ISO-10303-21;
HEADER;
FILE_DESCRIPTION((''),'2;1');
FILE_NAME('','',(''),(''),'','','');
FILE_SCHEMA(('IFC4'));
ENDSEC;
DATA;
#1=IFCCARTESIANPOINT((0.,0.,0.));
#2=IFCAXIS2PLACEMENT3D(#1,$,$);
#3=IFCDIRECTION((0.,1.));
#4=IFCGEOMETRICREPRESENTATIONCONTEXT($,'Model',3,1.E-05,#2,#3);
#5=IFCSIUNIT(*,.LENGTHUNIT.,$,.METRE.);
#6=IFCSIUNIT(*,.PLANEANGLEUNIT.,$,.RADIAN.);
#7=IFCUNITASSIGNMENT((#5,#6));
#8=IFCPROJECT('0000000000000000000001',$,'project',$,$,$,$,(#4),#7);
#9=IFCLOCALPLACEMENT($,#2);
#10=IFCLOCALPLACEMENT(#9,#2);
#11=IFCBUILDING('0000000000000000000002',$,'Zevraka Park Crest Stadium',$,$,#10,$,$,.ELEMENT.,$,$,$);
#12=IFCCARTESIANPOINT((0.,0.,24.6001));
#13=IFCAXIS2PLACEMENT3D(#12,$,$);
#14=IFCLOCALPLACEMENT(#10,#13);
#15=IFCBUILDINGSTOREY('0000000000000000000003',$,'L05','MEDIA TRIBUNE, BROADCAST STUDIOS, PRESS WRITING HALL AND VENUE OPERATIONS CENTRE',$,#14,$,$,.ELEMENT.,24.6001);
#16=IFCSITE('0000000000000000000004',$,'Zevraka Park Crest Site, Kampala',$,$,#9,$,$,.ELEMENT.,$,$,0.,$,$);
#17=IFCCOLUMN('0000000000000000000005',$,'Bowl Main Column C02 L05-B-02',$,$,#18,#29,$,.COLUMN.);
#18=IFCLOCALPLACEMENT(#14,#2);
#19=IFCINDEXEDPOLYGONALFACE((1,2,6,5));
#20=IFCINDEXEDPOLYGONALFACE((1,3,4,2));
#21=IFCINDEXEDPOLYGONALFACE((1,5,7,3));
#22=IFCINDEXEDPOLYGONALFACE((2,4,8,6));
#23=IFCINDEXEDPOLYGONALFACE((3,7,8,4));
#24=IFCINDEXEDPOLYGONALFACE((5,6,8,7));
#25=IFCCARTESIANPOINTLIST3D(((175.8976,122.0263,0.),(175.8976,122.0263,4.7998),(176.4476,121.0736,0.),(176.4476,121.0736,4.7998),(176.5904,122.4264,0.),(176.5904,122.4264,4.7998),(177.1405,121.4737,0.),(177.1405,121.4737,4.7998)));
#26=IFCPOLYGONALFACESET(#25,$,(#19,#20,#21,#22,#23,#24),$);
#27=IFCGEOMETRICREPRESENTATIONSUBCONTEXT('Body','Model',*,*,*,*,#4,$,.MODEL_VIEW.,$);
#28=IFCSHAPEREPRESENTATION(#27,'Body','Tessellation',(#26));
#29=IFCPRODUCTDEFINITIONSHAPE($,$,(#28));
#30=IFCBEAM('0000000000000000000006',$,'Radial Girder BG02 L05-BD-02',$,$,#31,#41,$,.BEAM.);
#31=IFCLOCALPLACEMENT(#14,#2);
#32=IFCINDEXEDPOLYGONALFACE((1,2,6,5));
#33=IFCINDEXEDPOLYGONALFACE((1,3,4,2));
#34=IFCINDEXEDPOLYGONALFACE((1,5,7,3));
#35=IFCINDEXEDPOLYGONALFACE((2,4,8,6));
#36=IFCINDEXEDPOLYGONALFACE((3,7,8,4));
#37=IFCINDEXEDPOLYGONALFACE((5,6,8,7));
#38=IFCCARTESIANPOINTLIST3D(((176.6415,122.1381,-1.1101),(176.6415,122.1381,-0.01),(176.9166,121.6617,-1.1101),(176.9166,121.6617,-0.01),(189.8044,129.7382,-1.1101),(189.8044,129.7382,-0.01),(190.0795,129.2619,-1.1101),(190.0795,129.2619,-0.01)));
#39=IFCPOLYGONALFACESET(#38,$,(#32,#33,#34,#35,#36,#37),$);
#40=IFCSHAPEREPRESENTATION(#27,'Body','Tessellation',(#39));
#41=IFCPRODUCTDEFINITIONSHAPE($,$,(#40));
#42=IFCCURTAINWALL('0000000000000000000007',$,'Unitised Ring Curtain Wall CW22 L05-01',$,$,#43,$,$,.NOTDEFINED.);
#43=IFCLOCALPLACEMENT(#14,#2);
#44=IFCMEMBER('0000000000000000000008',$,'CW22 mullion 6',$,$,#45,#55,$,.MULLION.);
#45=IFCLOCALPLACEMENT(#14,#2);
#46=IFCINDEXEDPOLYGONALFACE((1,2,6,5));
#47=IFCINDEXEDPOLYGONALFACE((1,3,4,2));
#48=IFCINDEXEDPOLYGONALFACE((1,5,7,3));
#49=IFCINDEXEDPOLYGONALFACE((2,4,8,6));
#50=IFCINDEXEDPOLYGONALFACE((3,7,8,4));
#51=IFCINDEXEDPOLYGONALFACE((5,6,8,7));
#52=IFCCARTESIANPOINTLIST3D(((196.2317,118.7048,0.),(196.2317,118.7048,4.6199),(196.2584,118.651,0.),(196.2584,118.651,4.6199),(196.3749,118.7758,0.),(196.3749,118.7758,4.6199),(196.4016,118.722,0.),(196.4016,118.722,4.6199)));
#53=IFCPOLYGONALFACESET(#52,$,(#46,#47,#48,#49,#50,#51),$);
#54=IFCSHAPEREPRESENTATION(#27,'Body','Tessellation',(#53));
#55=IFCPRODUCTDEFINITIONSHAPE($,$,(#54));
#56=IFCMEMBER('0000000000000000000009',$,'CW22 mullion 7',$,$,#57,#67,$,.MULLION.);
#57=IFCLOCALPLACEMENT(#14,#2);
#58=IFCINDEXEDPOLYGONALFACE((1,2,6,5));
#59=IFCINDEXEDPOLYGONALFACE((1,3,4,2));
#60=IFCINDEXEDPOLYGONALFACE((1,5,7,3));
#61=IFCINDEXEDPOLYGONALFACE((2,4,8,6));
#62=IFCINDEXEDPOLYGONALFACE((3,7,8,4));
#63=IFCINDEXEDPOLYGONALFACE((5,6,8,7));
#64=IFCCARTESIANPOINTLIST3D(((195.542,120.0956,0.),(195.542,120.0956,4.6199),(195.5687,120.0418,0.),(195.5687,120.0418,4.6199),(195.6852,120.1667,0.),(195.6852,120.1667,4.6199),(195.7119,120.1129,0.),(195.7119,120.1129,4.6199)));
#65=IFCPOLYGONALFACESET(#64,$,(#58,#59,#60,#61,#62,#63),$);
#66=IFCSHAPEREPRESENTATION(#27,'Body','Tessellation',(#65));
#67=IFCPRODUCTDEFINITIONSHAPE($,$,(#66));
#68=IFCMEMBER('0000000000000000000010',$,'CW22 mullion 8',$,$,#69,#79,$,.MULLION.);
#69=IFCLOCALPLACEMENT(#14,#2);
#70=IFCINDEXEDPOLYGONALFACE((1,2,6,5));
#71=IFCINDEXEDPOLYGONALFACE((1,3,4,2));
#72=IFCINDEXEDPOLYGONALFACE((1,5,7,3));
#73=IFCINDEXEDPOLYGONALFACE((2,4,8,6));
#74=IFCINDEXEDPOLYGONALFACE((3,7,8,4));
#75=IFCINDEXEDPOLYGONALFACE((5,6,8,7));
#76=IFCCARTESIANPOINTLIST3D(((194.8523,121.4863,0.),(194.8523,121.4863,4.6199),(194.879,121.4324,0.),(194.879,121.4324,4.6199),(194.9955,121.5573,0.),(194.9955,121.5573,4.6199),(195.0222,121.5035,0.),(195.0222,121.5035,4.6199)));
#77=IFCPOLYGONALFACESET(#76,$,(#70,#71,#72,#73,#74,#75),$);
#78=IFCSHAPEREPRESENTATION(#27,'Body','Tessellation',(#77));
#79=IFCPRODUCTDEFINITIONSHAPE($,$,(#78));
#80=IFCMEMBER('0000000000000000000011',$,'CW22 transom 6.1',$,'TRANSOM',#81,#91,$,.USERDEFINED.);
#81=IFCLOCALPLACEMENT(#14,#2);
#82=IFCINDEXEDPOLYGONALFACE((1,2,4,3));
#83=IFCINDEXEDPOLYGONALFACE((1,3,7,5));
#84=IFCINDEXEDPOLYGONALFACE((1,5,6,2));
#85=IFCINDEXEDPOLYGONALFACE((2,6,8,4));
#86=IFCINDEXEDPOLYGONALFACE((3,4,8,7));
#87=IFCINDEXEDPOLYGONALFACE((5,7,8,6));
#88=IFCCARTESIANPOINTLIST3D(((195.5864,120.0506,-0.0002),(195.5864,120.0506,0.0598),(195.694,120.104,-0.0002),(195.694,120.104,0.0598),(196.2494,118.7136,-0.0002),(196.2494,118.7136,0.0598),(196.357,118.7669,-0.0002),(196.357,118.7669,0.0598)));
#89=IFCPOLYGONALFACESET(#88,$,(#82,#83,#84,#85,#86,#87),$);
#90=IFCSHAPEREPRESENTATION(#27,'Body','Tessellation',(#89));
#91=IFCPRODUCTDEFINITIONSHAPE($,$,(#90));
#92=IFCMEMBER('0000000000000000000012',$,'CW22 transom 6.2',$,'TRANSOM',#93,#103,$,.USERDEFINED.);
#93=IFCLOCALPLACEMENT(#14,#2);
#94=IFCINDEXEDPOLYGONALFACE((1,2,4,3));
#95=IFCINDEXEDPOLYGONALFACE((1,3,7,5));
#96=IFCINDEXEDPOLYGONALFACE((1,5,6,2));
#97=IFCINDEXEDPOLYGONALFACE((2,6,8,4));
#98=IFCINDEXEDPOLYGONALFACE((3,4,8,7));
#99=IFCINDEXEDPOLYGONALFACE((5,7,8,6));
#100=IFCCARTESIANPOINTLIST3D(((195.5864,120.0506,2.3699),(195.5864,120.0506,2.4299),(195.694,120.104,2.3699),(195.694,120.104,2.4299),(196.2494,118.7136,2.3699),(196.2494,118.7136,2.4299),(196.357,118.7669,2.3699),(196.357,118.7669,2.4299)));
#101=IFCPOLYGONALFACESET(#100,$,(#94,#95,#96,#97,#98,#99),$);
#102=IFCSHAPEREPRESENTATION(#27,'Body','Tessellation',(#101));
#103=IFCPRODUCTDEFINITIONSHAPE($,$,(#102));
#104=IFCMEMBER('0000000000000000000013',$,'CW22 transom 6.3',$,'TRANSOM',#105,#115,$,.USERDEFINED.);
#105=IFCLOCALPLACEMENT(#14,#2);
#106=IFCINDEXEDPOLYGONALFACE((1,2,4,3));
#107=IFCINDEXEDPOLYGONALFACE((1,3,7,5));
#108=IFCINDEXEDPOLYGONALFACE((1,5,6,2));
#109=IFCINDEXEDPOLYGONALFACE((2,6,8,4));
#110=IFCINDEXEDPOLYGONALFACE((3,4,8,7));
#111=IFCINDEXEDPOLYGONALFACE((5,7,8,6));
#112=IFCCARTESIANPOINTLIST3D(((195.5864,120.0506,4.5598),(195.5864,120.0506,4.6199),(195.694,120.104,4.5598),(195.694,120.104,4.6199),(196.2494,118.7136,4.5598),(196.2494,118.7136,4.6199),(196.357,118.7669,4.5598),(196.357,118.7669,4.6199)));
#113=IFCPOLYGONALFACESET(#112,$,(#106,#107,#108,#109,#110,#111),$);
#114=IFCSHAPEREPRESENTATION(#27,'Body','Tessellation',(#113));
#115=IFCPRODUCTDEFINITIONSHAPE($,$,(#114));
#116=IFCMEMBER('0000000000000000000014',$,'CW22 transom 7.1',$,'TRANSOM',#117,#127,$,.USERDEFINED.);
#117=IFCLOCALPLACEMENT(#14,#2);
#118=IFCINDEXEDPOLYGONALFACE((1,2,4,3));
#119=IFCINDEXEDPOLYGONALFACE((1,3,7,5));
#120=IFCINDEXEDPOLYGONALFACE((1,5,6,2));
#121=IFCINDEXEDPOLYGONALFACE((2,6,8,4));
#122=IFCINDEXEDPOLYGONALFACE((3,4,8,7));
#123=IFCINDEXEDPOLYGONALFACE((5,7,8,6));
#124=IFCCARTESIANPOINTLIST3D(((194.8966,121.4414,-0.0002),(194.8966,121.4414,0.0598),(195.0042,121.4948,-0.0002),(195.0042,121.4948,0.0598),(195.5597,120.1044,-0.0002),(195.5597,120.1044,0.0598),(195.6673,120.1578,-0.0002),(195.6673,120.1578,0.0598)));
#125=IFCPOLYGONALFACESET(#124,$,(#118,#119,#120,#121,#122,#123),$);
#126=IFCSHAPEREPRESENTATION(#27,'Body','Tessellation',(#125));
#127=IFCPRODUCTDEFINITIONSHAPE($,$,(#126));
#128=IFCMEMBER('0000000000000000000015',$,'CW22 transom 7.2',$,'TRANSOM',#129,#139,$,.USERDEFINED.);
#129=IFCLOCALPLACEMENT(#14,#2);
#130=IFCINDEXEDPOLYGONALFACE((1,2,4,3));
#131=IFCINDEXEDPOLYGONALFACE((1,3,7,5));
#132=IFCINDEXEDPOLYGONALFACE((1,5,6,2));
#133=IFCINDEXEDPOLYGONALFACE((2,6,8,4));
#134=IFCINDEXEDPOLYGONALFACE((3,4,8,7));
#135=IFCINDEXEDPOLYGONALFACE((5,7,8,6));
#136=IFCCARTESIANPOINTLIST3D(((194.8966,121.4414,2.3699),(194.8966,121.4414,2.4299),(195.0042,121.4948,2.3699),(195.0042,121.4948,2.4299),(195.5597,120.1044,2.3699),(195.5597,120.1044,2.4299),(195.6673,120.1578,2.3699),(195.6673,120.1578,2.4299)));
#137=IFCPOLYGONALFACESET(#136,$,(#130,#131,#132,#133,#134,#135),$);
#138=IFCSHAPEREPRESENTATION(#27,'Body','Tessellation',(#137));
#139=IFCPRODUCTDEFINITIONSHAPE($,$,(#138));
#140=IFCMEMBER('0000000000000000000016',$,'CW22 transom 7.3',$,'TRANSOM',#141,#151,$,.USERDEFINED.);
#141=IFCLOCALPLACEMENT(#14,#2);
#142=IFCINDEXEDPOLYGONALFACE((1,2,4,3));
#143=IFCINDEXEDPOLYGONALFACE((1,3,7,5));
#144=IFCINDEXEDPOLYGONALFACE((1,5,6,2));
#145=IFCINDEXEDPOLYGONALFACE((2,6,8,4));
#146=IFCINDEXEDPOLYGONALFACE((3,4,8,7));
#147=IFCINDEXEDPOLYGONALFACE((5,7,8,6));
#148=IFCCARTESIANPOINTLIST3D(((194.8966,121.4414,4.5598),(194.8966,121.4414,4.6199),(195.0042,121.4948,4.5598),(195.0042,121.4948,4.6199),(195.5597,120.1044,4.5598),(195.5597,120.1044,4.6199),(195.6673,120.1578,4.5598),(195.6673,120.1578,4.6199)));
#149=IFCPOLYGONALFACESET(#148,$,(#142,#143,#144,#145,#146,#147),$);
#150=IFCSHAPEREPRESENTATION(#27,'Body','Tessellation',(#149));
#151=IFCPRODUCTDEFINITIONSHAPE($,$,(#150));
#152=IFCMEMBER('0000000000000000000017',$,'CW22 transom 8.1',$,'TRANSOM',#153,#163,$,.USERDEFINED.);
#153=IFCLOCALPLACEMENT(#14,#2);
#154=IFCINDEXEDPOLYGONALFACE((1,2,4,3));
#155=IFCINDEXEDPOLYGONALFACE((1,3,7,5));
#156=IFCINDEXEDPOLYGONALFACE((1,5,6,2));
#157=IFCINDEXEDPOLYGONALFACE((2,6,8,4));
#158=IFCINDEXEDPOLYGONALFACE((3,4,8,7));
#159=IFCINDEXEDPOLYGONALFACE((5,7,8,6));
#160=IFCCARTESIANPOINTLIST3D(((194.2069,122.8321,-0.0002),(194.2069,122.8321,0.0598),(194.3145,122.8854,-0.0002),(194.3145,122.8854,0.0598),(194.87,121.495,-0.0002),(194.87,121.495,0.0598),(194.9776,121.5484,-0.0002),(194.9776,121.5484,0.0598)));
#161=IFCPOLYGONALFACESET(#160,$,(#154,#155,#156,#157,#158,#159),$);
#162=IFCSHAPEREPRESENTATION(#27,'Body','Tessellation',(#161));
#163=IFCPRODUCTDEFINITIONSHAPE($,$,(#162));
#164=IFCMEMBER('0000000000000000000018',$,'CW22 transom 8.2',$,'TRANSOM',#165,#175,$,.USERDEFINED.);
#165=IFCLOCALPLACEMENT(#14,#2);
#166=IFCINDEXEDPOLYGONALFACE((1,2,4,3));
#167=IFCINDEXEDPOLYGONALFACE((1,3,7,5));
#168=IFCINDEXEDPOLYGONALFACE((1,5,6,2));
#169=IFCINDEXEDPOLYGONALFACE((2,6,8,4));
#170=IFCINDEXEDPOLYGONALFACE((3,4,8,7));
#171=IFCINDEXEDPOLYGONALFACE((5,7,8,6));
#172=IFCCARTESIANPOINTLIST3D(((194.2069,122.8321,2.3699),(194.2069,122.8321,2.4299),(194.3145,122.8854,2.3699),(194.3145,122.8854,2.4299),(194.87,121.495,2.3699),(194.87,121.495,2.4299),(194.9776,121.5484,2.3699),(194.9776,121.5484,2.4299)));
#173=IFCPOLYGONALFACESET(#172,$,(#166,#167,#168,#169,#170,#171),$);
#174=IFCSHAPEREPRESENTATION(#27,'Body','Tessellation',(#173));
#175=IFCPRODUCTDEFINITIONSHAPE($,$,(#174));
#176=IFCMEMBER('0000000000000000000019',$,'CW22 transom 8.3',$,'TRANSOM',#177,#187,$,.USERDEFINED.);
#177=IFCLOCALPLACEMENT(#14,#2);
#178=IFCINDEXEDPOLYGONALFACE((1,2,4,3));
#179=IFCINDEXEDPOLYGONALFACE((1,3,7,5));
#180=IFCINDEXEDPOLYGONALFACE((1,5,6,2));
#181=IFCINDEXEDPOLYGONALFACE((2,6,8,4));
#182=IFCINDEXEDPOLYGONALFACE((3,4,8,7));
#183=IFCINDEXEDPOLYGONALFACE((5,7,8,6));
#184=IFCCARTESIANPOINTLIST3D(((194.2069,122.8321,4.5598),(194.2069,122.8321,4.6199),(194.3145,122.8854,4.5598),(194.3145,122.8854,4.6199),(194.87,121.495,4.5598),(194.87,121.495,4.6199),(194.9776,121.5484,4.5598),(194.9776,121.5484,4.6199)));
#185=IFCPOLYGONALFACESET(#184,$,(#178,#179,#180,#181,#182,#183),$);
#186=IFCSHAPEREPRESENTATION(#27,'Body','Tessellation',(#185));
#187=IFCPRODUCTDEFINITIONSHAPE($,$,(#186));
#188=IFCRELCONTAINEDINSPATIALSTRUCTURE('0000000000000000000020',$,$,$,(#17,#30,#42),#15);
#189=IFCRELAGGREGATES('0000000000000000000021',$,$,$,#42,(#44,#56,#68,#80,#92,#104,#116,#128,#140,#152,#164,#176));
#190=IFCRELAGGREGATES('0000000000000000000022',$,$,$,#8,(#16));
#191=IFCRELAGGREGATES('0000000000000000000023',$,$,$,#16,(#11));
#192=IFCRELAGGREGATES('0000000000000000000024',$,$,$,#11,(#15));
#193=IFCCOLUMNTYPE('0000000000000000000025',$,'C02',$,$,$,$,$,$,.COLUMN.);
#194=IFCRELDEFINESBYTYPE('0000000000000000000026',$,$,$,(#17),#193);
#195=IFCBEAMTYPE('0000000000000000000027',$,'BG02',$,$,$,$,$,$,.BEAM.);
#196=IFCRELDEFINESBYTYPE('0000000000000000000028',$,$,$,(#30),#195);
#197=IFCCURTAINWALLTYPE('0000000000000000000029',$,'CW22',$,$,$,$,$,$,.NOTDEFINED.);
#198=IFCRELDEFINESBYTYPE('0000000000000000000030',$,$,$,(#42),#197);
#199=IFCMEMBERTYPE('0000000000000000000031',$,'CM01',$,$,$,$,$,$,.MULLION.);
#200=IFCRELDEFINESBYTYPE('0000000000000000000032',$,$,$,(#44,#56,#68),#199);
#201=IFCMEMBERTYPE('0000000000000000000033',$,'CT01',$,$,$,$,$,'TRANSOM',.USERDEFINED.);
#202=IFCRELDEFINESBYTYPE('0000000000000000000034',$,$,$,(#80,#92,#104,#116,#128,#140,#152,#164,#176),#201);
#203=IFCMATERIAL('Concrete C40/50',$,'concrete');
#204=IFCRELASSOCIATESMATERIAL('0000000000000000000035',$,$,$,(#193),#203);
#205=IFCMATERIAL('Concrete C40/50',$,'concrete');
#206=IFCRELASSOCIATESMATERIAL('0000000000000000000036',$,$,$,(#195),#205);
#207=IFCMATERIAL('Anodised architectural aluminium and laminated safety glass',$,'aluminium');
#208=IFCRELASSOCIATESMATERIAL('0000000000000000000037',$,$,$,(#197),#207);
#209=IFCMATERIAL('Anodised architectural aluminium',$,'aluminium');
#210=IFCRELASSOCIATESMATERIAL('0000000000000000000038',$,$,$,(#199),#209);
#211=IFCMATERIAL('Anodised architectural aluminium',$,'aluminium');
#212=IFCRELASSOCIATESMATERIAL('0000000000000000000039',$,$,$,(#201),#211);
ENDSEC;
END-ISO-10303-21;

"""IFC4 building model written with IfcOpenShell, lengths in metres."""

from ifc_helpers import new_model, si_unit, direction, frame, origin, origin_2d, place, context, subcontext, project, spatial, rectangle, extrude, material, material_profile, profile_set, type_object, element, aggregate, save


model = new_model("IFC4")

# Units and contexts
model_context = context("Model", 3, precision=1e-05, world=origin(), true_north=direction((0.0, 1.0)))
body_context = subcontext(model_context, "Body", "Model", "MODEL_VIEW")
ifc_project = project(units=[si_unit("LENGTHUNIT", "METRE"), si_unit("PLANEANGLEUNIT", "RADIAN")], contexts=[model_context])

# Site, building, storey
site_placement = place(None, origin())
site = spatial("IfcSite", under=ifc_project, at=site_placement, Name="Zevraka Park Crest Site, Kampala", CompositionType="ELEMENT", RefElevation=0.0)
building_placement = place(site_placement, origin())
building = spatial("IfcBuilding", under=site, at=building_placement, Name="Zevraka Park Crest Stadium", CompositionType="ELEMENT")
storey_placement = place(building_placement, frame((0.0, 0.0, 24.6001)))
storey = spatial("IfcBuildingStorey", under=building, at=storey_placement, Name="L05", Description="MEDIA TRIBUNE, BROADCAST STUDIOS, PRESS WRITING HALL AND VENUE OPERATIONS CENTRE", CompositionType="ELEMENT", Elevation=24.6001)

# Column
ifc_material_1 = material(Name="Concrete C40/50", Category="concrete")
ifc_material_profile_1 = material_profile(ifc_material_1, rectangle(XDim=0.8, YDim=1.1001, at=origin_2d()), Name="RC 1100x800")
ifc_profile_set_1 = profile_set([ifc_material_profile_1], Name="Concrete C40/50")
column_type = type_object("IfcColumnType", Name="C02", PredefinedType="COLUMN", material=ifc_profile_set_1)
column_placement = place(storey_placement, frame((176.519, 121.75, 0.0), z_axis=(0.0, 0.0, 1.0), x_axis=(0.866025, 0.5, 0.0)))
element("IfcColumn", 1, at=column_placement, inside=storey, type_object=column_type, Name="Bowl Main Column C02 L05-B-02", PredefinedType="COLUMN", context=body_context, shape_type="SweptSolid", body=[
    extrude(rectangle(XDim=0.8, YDim=1.1001, at=origin_2d()), origin(), (0.0, 0.0, 1.0), 4.7998),
])

# Beam
ifc_material_2 = material(Name="Concrete C40/50", Category="concrete")
ifc_material_profile_2 = material_profile(ifc_material_2, rectangle(XDim=0.55, YDim=1.1001, at=origin_2d()), Name="RC 1100x550")
ifc_profile_set_2 = profile_set([ifc_material_profile_2], Name="Concrete C40/50")
beam_type_1 = type_object("IfcBeamType", Name="BG02", PredefinedType="BEAM", material=ifc_profile_set_2)
beam_1_placement = place(storey_placement, frame((176.7791, 121.8999, -0.5601), z_axis=(0.86601, 0.500026, 0.0), x_axis=(-0.500026, 0.86601, 0.0)))
element("IfcBeam", 2, at=beam_1_placement, inside=storey, type_object=beam_type_1, Name="Radial Girder BG02 L05-BD-02", PredefinedType="BEAM", context=body_context, shape_type="SweptSolid", body=[
    extrude(rectangle(XDim=0.55, YDim=1.1001, at=origin_2d()), origin(), (0.0, 0.0, 1.0), 15.1995),
])

# Curtain wall, members
ifc_material_3 = material(Name="Anodised architectural aluminium and laminated safety glass", Category="aluminium")
curtain_wall_type = type_object("IfcCurtainWallType", Name="CW22", PredefinedType="NOTDEFINED", material=ifc_material_3)
curtain_wall_placement = place(storey_placement, origin())
curtain_wall = element("IfcCurtainWall", 3, at=curtain_wall_placement, inside=storey, type_object=curtain_wall_type, Name="Unitised Ring Curtain Wall CW22 L05-01", PredefinedType="NOTDEFINED")
ifc_material_4 = material(Name="Anodised architectural aluminium", Category="aluminium")
ifc_material_profile_3 = material_profile(ifc_material_4, rectangle(XDim=0.1599, YDim=0.0601, at=origin_2d()), Name="ALU MULLION 160x60")
ifc_profile_set_3 = profile_set([ifc_material_profile_3], Name="Anodised architectural aluminium")
member_type_1 = type_object("IfcMemberType", Name="CM01", PredefinedType="MULLION", material=ifc_profile_set_3)
member_1_placement = place(storey_placement, frame((196.3167, 118.7134, 0.0), z_axis=(0.0, 0.0, 1.0), x_axis=(-0.895879, -0.444297, 0.0)))
member_1 = element("IfcMember", 4, at=member_1_placement, type_object=member_type_1, Name="CW22 mullion 6", PredefinedType="MULLION", context=body_context, shape_type="SweptSolid", body=[
    extrude(rectangle(XDim=0.1599, YDim=0.0601, at=origin_2d()), origin(), (0.0, 0.0, 1.0), 4.6199),
])
member_2_placement = place(storey_placement, frame((195.627, 120.1042, 0.0), z_axis=(0.0, 0.0, 1.0), x_axis=(-0.895879, -0.444297, 0.0)))
member_2 = element("IfcMember", 5, at=member_2_placement, type_object=member_type_1, Name="CW22 mullion 7", PredefinedType="MULLION", context=body_context, shape_type="SweptSolid", body=[
    extrude(rectangle(XDim=0.1599, YDim=0.0601, at=origin_2d()), origin(), (0.0, 0.0, 1.0), 4.6199),
])
member_3_placement = place(storey_placement, frame((194.9373, 121.4949, 0.0), z_axis=(0.0, 0.0, 1.0), x_axis=(-0.895879, -0.444297, 0.0)))
member_3 = element("IfcMember", 6, at=member_3_placement, type_object=member_type_1, Name="CW22 mullion 8", PredefinedType="MULLION", context=body_context, shape_type="SweptSolid", body=[
    extrude(rectangle(XDim=0.1599, YDim=0.0601, at=origin_2d()), origin(), (0.0, 0.0, 1.0), 4.6199),
])
ifc_material_5 = material(Name="Anodised architectural aluminium", Category="aluminium")
ifc_material_profile_4 = material_profile(ifc_material_5, rectangle(XDim=0.1201, YDim=0.0601, at=origin_2d()), Name="ALU TRANSOM 120x60")
ifc_profile_set_4 = profile_set([ifc_material_profile_4], Name="Anodised architectural aluminium")
member_type_2 = type_object("IfcMemberType", Name="CT01", ElementType="TRANSOM", PredefinedType="USERDEFINED", material=ifc_profile_set_4)
member_4_placement = place(storey_placement, frame((196.3032, 118.7402, 0.0298), z_axis=(-0.444267, 0.895895, 0.0), x_axis=(-0.895895, -0.444267, 0.0)))
member_4 = element("IfcMember", 7, at=member_4_placement, type_object=member_type_2, Name="CW22 transom 6.1", ObjectType="TRANSOM", PredefinedType="USERDEFINED", context=body_context, shape_type="SweptSolid", body=[
    extrude(rectangle(XDim=0.1201, YDim=0.0601, at=origin_2d()), origin(), (0.0, 0.0, 1.0), 1.4924),
])
member_5_placement = place(storey_placement, frame((196.3032, 118.7402, 2.3999), z_axis=(-0.444267, 0.895895, 0.0), x_axis=(-0.895895, -0.444267, 0.0)))
member_5 = element("IfcMember", 8, at=member_5_placement, type_object=member_type_2, Name="CW22 transom 6.2", ObjectType="TRANSOM", PredefinedType="USERDEFINED", context=body_context, shape_type="SweptSolid", body=[
    extrude(rectangle(XDim=0.1201, YDim=0.0601, at=origin_2d()), origin(), (0.0, 0.0, 1.0), 1.4924),
])
member_6_placement = place(storey_placement, frame((196.3032, 118.7402, 4.5898), z_axis=(-0.444267, 0.895895, 0.0), x_axis=(-0.895895, -0.444267, 0.0)))
member_6 = element("IfcMember", 9, at=member_6_placement, type_object=member_type_2, Name="CW22 transom 6.3", ObjectType="TRANSOM", PredefinedType="USERDEFINED", context=body_context, shape_type="SweptSolid", body=[
    extrude(rectangle(XDim=0.1201, YDim=0.0601, at=origin_2d()), origin(), (0.0, 0.0, 1.0), 1.4924),
])
member_7_placement = place(storey_placement, frame((195.6135, 120.1311, 0.0298), z_axis=(-0.444332, 0.895862, 0.0), x_axis=(-0.895862, -0.444332, 0.0)))
member_7 = element("IfcMember", 10, at=member_7_placement, type_object=member_type_2, Name="CW22 transom 7.1", ObjectType="TRANSOM", PredefinedType="USERDEFINED", context=body_context, shape_type="SweptSolid", body=[
    extrude(rectangle(XDim=0.1201, YDim=0.0601, at=origin_2d()), origin(), (0.0, 0.0, 1.0), 1.4924),
])
member_8_placement = place(storey_placement, frame((195.6135, 120.1311, 2.3999), z_axis=(-0.444332, 0.895862, 0.0), x_axis=(-0.895862, -0.444332, 0.0)))
member_8 = element("IfcMember", 11, at=member_8_placement, type_object=member_type_2, Name="CW22 transom 7.2", ObjectType="TRANSOM", PredefinedType="USERDEFINED", context=body_context, shape_type="SweptSolid", body=[
    extrude(rectangle(XDim=0.1201, YDim=0.0601, at=origin_2d()), origin(), (0.0, 0.0, 1.0), 1.4924),
])
member_9_placement = place(storey_placement, frame((195.6135, 120.1311, 4.5898), z_axis=(-0.444332, 0.895862, 0.0), x_axis=(-0.895862, -0.444332, 0.0)))
member_9 = element("IfcMember", 12, at=member_9_placement, type_object=member_type_2, Name="CW22 transom 7.3", ObjectType="TRANSOM", PredefinedType="USERDEFINED", context=body_context, shape_type="SweptSolid", body=[
    extrude(rectangle(XDim=0.1201, YDim=0.0601, at=origin_2d()), origin(), (0.0, 0.0, 1.0), 1.4924),
])
member_10_placement = place(storey_placement, frame((194.9238, 121.5217, 0.0298), z_axis=(-0.444332, 0.895862, 0.0), x_axis=(-0.895862, -0.444332, 0.0)))
member_10 = element("IfcMember", 13, at=member_10_placement, type_object=member_type_2, Name="CW22 transom 8.1", ObjectType="TRANSOM", PredefinedType="USERDEFINED", context=body_context, shape_type="SweptSolid", body=[
    extrude(rectangle(XDim=0.1201, YDim=0.0601, at=origin_2d()), origin(), (0.0, 0.0, 1.0), 1.4924),
])
member_11_placement = place(storey_placement, frame((194.9238, 121.5217, 2.3999), z_axis=(-0.444332, 0.895862, 0.0), x_axis=(-0.895862, -0.444332, 0.0)))
member_11 = element("IfcMember", 14, at=member_11_placement, type_object=member_type_2, Name="CW22 transom 8.2", ObjectType="TRANSOM", PredefinedType="USERDEFINED", context=body_context, shape_type="SweptSolid", body=[
    extrude(rectangle(XDim=0.1201, YDim=0.0601, at=origin_2d()), origin(), (0.0, 0.0, 1.0), 1.4924),
])
member_12_placement = place(storey_placement, frame((194.9238, 121.5217, 4.5898), z_axis=(-0.444332, 0.895862, 0.0), x_axis=(-0.895862, -0.444332, 0.0)))
member_12 = element("IfcMember", 15, at=member_12_placement, type_object=member_type_2, Name="CW22 transom 8.3", ObjectType="TRANSOM", PredefinedType="USERDEFINED", context=body_context, shape_type="SweptSolid", body=[
    extrude(rectangle(XDim=0.1201, YDim=0.0601, at=origin_2d()), origin(), (0.0, 0.0, 1.0), 1.4924),
])

aggregate(curtain_wall, [member_1, member_2, member_3, member_4, member_5, member_6, member_7, member_8, member_9, member_10, member_11, member_12])

save(model, "model.ifc")
